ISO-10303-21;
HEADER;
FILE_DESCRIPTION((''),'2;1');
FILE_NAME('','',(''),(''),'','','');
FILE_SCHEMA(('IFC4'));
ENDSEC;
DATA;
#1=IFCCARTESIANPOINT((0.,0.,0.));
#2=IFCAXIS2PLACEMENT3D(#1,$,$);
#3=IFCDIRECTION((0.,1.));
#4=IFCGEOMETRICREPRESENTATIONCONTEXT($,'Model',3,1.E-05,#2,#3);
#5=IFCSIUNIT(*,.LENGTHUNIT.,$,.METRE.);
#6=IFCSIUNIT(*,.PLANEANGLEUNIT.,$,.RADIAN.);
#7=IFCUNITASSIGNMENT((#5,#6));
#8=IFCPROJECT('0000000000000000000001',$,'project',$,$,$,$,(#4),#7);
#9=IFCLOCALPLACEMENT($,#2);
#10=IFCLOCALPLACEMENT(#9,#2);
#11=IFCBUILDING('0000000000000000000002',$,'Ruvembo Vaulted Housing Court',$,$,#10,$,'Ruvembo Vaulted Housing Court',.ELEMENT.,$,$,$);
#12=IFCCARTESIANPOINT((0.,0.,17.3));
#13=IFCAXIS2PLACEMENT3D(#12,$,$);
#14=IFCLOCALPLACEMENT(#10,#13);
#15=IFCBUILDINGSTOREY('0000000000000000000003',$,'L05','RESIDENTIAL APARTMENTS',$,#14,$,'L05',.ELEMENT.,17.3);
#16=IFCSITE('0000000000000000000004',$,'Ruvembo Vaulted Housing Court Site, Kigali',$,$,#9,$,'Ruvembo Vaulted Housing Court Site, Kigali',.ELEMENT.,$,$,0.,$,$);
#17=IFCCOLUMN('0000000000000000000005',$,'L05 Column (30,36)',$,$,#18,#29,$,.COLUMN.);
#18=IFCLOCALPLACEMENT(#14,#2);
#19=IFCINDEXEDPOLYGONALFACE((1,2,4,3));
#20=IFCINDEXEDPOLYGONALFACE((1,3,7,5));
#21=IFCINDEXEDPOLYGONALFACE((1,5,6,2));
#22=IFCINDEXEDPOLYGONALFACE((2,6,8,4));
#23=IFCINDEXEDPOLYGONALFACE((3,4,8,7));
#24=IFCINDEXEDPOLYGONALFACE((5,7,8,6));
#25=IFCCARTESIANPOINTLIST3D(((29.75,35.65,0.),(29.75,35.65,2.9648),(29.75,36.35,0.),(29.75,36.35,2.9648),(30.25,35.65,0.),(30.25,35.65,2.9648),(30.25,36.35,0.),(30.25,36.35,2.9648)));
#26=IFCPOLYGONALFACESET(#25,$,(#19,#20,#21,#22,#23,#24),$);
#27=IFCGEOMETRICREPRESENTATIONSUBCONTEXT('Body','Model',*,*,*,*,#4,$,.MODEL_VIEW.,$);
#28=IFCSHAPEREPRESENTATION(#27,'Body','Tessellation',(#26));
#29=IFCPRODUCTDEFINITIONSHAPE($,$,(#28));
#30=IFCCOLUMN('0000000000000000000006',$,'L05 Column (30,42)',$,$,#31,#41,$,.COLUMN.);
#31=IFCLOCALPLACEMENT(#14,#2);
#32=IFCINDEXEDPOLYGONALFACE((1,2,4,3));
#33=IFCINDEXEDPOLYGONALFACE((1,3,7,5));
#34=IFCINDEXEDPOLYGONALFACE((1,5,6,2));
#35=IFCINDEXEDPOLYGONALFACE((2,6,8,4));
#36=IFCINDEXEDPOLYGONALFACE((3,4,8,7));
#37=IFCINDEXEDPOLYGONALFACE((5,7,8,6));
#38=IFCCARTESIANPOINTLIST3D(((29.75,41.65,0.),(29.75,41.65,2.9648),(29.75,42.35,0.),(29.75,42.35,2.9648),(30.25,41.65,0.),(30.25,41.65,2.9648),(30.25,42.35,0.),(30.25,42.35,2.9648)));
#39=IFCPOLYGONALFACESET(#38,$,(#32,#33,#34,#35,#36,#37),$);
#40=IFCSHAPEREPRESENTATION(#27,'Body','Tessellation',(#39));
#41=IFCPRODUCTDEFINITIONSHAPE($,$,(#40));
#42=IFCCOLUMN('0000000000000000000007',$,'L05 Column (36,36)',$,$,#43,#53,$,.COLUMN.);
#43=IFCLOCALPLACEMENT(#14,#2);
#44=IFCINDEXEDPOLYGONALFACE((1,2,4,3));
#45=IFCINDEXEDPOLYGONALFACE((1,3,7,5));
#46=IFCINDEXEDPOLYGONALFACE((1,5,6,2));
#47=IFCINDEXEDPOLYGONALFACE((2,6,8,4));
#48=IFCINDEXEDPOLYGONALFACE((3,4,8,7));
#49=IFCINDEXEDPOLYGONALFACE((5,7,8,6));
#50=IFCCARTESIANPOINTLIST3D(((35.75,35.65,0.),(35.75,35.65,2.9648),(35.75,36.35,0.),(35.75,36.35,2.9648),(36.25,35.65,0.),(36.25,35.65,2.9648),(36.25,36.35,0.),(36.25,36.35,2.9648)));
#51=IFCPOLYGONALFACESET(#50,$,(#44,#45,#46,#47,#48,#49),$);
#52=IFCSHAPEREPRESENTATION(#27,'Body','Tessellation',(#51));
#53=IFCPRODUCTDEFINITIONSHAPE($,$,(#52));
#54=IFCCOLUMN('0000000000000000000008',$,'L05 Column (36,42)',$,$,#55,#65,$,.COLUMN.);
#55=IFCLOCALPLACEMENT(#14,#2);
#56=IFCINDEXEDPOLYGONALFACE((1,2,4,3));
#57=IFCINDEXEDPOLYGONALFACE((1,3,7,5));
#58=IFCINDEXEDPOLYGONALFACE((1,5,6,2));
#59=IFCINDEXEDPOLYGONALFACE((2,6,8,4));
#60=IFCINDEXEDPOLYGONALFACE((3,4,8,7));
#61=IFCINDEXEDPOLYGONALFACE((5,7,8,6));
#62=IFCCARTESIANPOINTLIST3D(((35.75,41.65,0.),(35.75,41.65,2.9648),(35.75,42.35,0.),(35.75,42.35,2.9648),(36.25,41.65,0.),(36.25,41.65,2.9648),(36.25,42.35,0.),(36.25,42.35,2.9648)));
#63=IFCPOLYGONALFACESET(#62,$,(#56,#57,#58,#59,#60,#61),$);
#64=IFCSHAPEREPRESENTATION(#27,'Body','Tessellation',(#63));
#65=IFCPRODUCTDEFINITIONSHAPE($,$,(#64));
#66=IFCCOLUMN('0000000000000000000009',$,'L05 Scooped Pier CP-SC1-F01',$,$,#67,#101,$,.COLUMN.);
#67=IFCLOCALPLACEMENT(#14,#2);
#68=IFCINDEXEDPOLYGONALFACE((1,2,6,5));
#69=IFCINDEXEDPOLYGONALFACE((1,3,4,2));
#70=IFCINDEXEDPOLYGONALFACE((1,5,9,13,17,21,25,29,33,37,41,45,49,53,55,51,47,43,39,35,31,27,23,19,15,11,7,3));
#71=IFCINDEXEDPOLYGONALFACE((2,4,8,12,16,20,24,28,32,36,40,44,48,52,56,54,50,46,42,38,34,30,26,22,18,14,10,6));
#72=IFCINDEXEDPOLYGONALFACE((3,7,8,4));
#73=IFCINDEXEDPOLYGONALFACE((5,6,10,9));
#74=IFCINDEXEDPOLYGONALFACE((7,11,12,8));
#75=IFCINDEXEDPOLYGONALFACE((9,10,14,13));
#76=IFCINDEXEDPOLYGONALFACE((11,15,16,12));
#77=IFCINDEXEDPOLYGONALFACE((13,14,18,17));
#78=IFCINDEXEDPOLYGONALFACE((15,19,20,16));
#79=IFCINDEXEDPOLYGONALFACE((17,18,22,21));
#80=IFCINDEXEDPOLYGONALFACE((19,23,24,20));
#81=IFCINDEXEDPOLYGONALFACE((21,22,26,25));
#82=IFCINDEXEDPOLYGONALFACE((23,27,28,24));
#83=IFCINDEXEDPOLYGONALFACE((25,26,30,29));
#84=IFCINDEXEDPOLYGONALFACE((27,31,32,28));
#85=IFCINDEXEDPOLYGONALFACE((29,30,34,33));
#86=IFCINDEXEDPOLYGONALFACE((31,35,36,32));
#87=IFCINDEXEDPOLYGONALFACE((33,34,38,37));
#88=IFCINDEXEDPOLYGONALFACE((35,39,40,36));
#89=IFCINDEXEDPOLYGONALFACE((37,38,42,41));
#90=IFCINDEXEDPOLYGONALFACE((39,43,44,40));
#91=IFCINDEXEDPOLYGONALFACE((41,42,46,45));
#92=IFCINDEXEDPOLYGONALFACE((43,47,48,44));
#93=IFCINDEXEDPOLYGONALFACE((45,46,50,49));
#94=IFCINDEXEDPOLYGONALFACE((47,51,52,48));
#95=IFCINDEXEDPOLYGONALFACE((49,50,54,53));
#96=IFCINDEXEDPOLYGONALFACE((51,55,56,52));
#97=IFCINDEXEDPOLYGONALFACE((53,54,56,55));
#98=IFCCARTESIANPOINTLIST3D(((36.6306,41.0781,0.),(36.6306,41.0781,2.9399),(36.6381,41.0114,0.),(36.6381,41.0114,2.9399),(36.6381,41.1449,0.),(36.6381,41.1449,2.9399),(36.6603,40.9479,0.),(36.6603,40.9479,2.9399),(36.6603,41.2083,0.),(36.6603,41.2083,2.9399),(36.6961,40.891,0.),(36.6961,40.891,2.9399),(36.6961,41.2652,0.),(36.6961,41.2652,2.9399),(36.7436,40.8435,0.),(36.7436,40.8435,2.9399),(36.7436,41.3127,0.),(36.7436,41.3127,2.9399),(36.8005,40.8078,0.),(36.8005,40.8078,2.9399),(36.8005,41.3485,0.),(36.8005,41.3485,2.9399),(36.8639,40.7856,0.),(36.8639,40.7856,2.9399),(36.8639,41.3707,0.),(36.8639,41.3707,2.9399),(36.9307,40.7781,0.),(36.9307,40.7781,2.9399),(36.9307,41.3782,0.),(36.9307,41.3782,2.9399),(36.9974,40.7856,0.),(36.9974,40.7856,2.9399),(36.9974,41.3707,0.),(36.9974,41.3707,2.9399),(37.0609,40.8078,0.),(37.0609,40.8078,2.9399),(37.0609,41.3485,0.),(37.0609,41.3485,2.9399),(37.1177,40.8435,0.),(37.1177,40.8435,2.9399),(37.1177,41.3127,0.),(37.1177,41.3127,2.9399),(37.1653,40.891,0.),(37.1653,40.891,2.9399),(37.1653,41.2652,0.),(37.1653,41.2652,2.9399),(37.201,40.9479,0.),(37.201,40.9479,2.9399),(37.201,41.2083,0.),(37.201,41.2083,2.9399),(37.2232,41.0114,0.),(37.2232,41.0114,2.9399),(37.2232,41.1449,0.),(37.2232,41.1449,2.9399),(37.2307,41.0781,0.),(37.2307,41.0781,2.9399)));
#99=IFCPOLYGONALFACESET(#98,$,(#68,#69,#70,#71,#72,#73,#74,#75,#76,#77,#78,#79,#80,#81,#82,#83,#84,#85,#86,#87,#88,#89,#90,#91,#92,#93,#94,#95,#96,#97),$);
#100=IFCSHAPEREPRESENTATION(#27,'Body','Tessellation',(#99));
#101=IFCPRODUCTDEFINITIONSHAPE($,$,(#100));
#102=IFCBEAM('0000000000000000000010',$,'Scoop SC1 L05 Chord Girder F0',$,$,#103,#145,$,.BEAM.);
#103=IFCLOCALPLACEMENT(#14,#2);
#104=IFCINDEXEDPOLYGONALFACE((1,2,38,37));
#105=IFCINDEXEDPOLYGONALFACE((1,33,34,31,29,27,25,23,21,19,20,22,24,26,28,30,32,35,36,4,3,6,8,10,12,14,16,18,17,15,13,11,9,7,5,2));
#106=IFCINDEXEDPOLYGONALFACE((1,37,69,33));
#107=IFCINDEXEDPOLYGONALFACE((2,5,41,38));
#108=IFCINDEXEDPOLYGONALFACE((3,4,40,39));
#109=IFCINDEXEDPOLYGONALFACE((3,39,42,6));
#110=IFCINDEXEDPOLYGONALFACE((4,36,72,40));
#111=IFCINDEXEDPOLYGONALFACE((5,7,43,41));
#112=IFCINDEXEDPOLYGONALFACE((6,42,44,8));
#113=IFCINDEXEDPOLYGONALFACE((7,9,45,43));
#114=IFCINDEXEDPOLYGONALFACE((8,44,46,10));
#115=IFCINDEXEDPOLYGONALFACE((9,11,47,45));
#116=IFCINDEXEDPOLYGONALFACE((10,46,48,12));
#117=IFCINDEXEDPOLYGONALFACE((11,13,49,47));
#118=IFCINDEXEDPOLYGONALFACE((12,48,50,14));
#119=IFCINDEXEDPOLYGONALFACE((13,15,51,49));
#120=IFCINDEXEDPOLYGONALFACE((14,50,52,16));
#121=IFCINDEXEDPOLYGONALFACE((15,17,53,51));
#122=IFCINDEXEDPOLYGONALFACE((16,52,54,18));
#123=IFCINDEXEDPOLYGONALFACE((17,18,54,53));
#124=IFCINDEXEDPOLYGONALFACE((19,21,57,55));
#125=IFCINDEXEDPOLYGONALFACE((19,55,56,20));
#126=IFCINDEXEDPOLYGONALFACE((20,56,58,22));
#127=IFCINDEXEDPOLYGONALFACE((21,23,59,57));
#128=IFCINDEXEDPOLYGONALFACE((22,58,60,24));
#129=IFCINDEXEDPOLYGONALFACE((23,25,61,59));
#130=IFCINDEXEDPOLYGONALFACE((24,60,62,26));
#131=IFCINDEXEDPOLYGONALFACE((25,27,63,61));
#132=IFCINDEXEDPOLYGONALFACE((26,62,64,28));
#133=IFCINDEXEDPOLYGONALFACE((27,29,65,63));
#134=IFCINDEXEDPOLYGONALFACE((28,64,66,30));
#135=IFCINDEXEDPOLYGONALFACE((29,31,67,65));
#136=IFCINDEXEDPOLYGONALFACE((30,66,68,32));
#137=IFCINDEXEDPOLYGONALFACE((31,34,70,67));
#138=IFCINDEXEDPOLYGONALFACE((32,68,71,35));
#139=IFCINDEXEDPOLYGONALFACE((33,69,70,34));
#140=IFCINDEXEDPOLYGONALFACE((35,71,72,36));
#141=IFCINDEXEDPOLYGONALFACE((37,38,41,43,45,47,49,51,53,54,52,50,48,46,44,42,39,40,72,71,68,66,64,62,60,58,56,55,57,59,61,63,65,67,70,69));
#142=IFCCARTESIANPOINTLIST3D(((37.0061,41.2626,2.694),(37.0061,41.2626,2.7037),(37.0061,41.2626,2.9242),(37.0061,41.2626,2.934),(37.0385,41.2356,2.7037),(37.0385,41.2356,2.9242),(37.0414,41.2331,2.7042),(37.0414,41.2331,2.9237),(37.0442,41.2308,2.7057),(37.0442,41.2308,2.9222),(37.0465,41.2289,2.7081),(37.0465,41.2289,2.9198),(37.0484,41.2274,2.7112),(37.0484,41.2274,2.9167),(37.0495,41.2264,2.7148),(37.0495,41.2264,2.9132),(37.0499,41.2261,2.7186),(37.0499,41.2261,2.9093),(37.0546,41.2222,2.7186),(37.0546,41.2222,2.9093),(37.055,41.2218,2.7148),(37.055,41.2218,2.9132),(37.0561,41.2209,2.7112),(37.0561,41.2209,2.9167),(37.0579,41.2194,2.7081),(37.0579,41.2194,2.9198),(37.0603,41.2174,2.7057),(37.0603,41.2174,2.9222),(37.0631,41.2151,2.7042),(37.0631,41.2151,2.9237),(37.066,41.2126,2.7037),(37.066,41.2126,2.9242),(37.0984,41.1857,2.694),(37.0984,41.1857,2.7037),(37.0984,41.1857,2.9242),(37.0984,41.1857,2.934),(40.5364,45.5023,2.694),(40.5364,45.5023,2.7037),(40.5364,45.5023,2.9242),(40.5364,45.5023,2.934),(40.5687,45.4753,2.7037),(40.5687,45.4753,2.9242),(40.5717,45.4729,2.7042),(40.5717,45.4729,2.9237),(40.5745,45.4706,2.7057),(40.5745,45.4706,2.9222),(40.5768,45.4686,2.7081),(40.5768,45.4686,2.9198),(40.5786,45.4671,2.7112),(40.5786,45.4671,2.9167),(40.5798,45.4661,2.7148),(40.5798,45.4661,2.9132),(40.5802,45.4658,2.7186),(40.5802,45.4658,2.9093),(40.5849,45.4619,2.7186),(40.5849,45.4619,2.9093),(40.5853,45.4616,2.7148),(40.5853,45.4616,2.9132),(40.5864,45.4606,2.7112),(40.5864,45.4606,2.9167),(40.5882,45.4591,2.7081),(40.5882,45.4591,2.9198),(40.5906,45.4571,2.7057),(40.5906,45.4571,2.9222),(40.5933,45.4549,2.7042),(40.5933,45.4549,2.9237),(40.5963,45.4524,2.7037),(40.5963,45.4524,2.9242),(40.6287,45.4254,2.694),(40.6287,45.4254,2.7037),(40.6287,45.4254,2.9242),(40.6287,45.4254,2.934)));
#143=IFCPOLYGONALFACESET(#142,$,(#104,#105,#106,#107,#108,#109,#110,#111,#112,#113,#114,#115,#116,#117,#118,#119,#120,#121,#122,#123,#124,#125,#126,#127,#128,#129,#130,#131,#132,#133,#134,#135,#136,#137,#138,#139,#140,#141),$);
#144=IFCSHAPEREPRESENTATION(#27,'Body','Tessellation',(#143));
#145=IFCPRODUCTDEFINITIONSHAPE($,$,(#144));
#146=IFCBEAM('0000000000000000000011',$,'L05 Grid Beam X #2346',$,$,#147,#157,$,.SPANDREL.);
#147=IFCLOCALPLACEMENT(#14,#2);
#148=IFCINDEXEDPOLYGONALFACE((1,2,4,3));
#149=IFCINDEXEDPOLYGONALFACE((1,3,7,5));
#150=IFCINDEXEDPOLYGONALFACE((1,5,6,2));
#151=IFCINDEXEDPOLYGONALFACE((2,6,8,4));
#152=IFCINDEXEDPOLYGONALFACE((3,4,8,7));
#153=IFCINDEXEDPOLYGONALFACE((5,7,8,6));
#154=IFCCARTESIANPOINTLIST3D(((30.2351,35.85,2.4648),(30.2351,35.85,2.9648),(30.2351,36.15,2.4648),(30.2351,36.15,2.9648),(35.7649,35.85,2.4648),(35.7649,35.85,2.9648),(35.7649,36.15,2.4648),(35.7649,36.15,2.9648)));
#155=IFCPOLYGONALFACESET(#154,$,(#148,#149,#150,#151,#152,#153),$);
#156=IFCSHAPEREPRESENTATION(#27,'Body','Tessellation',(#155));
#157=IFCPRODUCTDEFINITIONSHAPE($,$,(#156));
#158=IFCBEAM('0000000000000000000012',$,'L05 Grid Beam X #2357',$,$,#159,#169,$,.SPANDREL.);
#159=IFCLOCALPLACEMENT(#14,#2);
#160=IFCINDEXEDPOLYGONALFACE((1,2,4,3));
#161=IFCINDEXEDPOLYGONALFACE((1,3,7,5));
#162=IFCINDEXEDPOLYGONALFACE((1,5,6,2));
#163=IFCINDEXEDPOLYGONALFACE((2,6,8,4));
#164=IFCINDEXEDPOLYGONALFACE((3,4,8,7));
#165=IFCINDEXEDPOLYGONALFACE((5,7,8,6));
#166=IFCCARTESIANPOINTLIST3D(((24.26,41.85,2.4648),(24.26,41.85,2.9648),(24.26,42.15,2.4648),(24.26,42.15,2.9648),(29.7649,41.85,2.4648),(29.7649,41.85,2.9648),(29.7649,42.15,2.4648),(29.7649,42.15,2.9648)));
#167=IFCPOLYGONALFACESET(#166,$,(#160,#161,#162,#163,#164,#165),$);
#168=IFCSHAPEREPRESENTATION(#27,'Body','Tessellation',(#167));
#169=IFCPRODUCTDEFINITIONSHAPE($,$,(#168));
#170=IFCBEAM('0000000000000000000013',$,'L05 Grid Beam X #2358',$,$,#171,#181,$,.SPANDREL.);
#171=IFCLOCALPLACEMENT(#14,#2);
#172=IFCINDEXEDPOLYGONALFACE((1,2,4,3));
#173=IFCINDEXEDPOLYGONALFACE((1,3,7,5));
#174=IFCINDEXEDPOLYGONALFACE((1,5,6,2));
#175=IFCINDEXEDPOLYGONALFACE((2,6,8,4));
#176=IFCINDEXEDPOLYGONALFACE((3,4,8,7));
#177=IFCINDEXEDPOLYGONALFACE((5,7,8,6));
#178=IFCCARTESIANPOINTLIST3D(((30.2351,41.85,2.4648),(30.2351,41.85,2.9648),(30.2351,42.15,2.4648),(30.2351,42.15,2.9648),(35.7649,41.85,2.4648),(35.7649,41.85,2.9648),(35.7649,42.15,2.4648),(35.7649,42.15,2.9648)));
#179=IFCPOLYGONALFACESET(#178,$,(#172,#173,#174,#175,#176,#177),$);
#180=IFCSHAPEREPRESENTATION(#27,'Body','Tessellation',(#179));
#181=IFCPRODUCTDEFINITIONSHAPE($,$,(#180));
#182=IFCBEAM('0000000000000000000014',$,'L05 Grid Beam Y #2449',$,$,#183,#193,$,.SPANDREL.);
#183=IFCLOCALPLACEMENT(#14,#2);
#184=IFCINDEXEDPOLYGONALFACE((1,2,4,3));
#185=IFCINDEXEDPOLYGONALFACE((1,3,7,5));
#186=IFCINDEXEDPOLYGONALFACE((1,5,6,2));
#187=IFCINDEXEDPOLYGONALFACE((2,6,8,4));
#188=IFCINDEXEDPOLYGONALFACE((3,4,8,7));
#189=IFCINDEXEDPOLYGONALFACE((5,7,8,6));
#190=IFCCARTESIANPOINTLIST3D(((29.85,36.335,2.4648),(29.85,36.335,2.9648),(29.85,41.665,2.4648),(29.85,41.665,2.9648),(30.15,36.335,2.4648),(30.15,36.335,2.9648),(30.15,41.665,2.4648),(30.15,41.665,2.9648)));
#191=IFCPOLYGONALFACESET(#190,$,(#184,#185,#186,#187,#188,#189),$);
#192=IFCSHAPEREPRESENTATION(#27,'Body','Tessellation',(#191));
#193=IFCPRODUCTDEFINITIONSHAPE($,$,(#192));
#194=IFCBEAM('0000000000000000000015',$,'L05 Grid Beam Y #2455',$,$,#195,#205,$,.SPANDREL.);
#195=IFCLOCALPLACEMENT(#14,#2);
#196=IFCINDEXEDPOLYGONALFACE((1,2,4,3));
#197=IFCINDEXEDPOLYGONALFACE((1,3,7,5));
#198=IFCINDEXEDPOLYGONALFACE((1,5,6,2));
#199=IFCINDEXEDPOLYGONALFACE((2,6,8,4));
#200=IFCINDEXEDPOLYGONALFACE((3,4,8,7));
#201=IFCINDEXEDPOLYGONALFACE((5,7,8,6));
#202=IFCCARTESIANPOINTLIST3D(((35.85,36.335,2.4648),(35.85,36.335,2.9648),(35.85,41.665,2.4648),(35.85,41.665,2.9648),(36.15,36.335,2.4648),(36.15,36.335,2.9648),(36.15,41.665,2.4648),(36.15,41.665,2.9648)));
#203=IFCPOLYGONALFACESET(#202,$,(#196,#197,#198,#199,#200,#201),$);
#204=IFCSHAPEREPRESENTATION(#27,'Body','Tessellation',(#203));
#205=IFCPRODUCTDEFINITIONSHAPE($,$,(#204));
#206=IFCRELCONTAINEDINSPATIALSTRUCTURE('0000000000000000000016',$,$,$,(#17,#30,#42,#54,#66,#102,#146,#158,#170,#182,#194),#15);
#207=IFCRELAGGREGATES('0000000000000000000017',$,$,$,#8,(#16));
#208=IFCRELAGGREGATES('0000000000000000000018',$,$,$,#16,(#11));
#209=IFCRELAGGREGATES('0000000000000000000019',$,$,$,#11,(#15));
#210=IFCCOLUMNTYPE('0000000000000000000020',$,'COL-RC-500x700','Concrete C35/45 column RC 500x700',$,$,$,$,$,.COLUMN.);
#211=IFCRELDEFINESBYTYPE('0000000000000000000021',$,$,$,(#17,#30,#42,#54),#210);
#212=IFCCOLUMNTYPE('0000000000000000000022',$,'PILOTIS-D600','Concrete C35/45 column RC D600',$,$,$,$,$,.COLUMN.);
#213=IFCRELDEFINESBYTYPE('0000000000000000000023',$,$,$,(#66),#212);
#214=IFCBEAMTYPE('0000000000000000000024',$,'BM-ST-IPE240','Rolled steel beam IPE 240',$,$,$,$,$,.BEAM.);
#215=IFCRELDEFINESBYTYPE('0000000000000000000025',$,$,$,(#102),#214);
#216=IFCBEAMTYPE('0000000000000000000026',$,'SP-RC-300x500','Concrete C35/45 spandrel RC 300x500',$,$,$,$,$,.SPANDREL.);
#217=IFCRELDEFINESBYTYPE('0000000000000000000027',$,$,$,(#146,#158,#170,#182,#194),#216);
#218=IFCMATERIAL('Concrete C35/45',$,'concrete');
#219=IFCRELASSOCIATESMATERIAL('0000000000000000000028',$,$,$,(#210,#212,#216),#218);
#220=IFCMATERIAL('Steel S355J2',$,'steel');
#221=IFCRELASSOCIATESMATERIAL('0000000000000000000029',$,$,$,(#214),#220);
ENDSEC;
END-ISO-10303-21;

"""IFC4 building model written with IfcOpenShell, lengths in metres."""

from ifc_helpers import new_model, si_unit, direction, frame, origin, origin_2d, place, context, subcontext, project, spatial, rectangle, circle, i_section, extrude, material, material_profile, profile_set, type_object, element, save


model = new_model("IFC4")

# Units and contexts
model_context = context("Model", 3, precision=1e-05, world=origin(), true_north=direction((0.0, 1.0)))
body_context = subcontext(model_context, "Body", "Model", "MODEL_VIEW")
ifc_project = project(units=[si_unit("LENGTHUNIT", "METRE"), si_unit("PLANEANGLEUNIT", "RADIAN")], contexts=[model_context])

# Site, building, storey
site_placement = place(None, origin())
site = spatial("IfcSite", under=ifc_project, at=site_placement, Name="Ruvembo Vaulted Housing Court Site, Kigali", LongName="Ruvembo Vaulted Housing Court Site, Kigali", CompositionType="ELEMENT", RefElevation=0.0)
building_placement = place(site_placement, origin())
building = spatial("IfcBuilding", under=site, at=building_placement, Name="Ruvembo Vaulted Housing Court", LongName="Ruvembo Vaulted Housing Court", CompositionType="ELEMENT")
storey_placement = place(building_placement, frame((0.0, 0.0, 17.3)))
storey = spatial("IfcBuildingStorey", under=building, at=storey_placement, Name="L05", Description="RESIDENTIAL APARTMENTS", LongName="L05", CompositionType="ELEMENT", Elevation=17.3)

# Columns
ifc_material_1 = material(Name="Concrete C35/45", Category="concrete")
ifc_material_profile_1 = material_profile(ifc_material_1, rectangle(XDim=0.5, YDim=0.7, at=origin_2d()), Name="RC 500x700")
ifc_profile_set_1 = profile_set([ifc_material_profile_1], Name="Concrete C35/45")
column_type_1 = type_object("IfcColumnType", Name="COL-RC-500x700", Description="Concrete C35/45 column RC 500x700", PredefinedType="COLUMN", material=ifc_profile_set_1)
for number, where, z_axis, x_axis, name in (
    (1, (30.0, 36.0, 0.0), (0.0, 0.0, 1.0), (1.0, 0.0, 0.0), "L05 Column (30,36)"),
    (2, (30.0, 42.0, 0.0), (0.0, 0.0, 1.0), (1.0, 0.0, 0.0), "L05 Column (30,42)"),
    (3, (36.0, 36.0, 0.0), (0.0, 0.0, 1.0), (1.0, 0.0, 0.0), "L05 Column (36,36)"),
    (4, (36.0, 42.0, 0.0), (0.0, 0.0, 1.0), (1.0, 0.0, 0.0), "L05 Column (36,42)"),
):
    element("IfcColumn", number, at=place(storey_placement, frame(where, z_axis=z_axis, x_axis=x_axis)), inside=storey, type_object=column_type_1, Name=name, PredefinedType="COLUMN", context=body_context, shape_type="SweptSolid", body=[
        extrude(rectangle(XDim=0.5, YDim=0.7, at=origin_2d()), origin(), (0.0, 0.0, 1.0), 2.9648),
    ])
ifc_material_profile_2 = material_profile(ifc_material_1, circle(Radius=0.3, at=origin_2d()), Name="RC D600")
ifc_profile_set_2 = profile_set([ifc_material_profile_2], Name="Concrete C35/45")
column_type_2 = type_object("IfcColumnType", Name="PILOTIS-D600", Description="Concrete C35/45 column RC D600", PredefinedType="COLUMN", material=ifc_profile_set_2)
column_placement = place(storey_placement, frame((36.9307, 41.0781, 0.0), z_axis=(0.0, 0.0, 1.0), x_axis=(1.0, 0.0, 0.0)))
element("IfcColumn", 5, at=column_placement, inside=storey, type_object=column_type_2, Name="L05 Scooped Pier CP-SC1-F01", PredefinedType="COLUMN", context=body_context, shape_type="SweptSolid", body=[
    extrude(circle(Radius=0.3, at=origin_2d()), origin(), (0.0, 0.0, 1.0), 2.9399),
])

# Beams
ifc_material_2 = material(Name="Steel S355J2", Category="steel")
ifc_material_profile_3 = material_profile(ifc_material_2, i_section(OverallWidth=0.1201, OverallDepth=0.24, WebThickness=0.0061, FlangeThickness=0.0098, FilletRadius=0.0149, at=origin_2d()), Name="IPE 240")
ifc_profile_set_3 = profile_set([ifc_material_profile_3], Name="Steel S355J2")
beam_type_1 = type_object("IfcBeamType", Name="BM-ST-IPE240", Description="Rolled steel beam IPE 240", PredefinedType="BEAM", material=ifc_profile_set_3)
beam_1_placement = place(storey_placement, frame((37.0522, 41.2241, 2.814), z_axis=(0.63988, 0.768475, 0.0), x_axis=(-0.768475, 0.63988, 0.0)))
element("IfcBeam", 6, at=beam_1_placement, inside=storey, type_object=beam_type_1, Name="Scoop SC1 L05 Chord Girder F0", PredefinedType="BEAM", context=body_context, shape_type="SweptSolid", body=[
    extrude(i_section(OverallWidth=0.1201, OverallDepth=0.24, WebThickness=0.0061, FlangeThickness=0.0098, FilletRadius=0.0149, at=origin_2d()), origin(), (0.0, 0.0, 1.0), 5.5171),
])
ifc_material_profile_4 = material_profile(ifc_material_1, rectangle(XDim=0.3, YDim=0.5, at=origin_2d()), Name="RC 300x500")
ifc_profile_set_4 = profile_set([ifc_material_profile_4], Name="Concrete C35/45")
beam_type_2 = type_object("IfcBeamType", Name="SP-RC-300x500", Description="Concrete C35/45 spandrel RC 300x500", PredefinedType="SPANDREL", material=ifc_profile_set_4)
beam_2_placement = place(storey_placement, frame((30.2351, 36.0, 2.7148), z_axis=(1.0, 0.0, 0.0), x_axis=(0.0, 1.0, 0.0)))
element("IfcBeam", 7, at=beam_2_placement, inside=storey, type_object=beam_type_2, Name="L05 Grid Beam X #2346", PredefinedType="SPANDREL", context=body_context, shape_type="SweptSolid", body=[
    extrude(rectangle(XDim=0.3, YDim=0.5, at=origin_2d()), origin(), (0.0, 0.0, 1.0), 5.5298),
])
beam_3_placement = place(storey_placement, frame((24.26, 42.0, 2.7148), z_axis=(1.0, 0.0, 0.0), x_axis=(0.0, 1.0, 0.0)))
element("IfcBeam", 8, at=beam_3_placement, inside=storey, type_object=beam_type_2, Name="L05 Grid Beam X #2357", PredefinedType="SPANDREL", context=body_context, shape_type="SweptSolid", body=[
    extrude(rectangle(XDim=0.3, YDim=0.5, at=origin_2d()), origin(), (0.0, 0.0, 1.0), 5.5049),
])
beam_4_placement = place(storey_placement, frame((30.2351, 42.0, 2.7148), z_axis=(1.0, 0.0, 0.0), x_axis=(0.0, 1.0, 0.0)))
element("IfcBeam", 9, at=beam_4_placement, inside=storey, type_object=beam_type_2, Name="L05 Grid Beam X #2358", PredefinedType="SPANDREL", context=body_context, shape_type="SweptSolid", body=[
    extrude(rectangle(XDim=0.3, YDim=0.5, at=origin_2d()), origin(), (0.0, 0.0, 1.0), 5.5298),
])
for number, where, z_axis, x_axis, name in (
    (10, (30.0, 36.335, 2.7148), (0.0, 1.0, 0.0), (-1.0, 0.0, 0.0), "L05 Grid Beam Y #2449"),
    (11, (36.0, 36.335, 2.7148), (0.0, 1.0, 0.0), (-1.0, 0.0, 0.0), "L05 Grid Beam Y #2455"),
):
    element("IfcBeam", number, at=place(storey_placement, frame(where, z_axis=z_axis, x_axis=x_axis)), inside=storey, type_object=beam_type_2, Name=name, PredefinedType="SPANDREL", context=body_context, shape_type="SweptSolid", body=[
        extrude(rectangle(XDim=0.3, YDim=0.5, at=origin_2d()), origin(), (0.0, 0.0, 1.0), 5.3301),
    ])

save(model, "model.ifc")
